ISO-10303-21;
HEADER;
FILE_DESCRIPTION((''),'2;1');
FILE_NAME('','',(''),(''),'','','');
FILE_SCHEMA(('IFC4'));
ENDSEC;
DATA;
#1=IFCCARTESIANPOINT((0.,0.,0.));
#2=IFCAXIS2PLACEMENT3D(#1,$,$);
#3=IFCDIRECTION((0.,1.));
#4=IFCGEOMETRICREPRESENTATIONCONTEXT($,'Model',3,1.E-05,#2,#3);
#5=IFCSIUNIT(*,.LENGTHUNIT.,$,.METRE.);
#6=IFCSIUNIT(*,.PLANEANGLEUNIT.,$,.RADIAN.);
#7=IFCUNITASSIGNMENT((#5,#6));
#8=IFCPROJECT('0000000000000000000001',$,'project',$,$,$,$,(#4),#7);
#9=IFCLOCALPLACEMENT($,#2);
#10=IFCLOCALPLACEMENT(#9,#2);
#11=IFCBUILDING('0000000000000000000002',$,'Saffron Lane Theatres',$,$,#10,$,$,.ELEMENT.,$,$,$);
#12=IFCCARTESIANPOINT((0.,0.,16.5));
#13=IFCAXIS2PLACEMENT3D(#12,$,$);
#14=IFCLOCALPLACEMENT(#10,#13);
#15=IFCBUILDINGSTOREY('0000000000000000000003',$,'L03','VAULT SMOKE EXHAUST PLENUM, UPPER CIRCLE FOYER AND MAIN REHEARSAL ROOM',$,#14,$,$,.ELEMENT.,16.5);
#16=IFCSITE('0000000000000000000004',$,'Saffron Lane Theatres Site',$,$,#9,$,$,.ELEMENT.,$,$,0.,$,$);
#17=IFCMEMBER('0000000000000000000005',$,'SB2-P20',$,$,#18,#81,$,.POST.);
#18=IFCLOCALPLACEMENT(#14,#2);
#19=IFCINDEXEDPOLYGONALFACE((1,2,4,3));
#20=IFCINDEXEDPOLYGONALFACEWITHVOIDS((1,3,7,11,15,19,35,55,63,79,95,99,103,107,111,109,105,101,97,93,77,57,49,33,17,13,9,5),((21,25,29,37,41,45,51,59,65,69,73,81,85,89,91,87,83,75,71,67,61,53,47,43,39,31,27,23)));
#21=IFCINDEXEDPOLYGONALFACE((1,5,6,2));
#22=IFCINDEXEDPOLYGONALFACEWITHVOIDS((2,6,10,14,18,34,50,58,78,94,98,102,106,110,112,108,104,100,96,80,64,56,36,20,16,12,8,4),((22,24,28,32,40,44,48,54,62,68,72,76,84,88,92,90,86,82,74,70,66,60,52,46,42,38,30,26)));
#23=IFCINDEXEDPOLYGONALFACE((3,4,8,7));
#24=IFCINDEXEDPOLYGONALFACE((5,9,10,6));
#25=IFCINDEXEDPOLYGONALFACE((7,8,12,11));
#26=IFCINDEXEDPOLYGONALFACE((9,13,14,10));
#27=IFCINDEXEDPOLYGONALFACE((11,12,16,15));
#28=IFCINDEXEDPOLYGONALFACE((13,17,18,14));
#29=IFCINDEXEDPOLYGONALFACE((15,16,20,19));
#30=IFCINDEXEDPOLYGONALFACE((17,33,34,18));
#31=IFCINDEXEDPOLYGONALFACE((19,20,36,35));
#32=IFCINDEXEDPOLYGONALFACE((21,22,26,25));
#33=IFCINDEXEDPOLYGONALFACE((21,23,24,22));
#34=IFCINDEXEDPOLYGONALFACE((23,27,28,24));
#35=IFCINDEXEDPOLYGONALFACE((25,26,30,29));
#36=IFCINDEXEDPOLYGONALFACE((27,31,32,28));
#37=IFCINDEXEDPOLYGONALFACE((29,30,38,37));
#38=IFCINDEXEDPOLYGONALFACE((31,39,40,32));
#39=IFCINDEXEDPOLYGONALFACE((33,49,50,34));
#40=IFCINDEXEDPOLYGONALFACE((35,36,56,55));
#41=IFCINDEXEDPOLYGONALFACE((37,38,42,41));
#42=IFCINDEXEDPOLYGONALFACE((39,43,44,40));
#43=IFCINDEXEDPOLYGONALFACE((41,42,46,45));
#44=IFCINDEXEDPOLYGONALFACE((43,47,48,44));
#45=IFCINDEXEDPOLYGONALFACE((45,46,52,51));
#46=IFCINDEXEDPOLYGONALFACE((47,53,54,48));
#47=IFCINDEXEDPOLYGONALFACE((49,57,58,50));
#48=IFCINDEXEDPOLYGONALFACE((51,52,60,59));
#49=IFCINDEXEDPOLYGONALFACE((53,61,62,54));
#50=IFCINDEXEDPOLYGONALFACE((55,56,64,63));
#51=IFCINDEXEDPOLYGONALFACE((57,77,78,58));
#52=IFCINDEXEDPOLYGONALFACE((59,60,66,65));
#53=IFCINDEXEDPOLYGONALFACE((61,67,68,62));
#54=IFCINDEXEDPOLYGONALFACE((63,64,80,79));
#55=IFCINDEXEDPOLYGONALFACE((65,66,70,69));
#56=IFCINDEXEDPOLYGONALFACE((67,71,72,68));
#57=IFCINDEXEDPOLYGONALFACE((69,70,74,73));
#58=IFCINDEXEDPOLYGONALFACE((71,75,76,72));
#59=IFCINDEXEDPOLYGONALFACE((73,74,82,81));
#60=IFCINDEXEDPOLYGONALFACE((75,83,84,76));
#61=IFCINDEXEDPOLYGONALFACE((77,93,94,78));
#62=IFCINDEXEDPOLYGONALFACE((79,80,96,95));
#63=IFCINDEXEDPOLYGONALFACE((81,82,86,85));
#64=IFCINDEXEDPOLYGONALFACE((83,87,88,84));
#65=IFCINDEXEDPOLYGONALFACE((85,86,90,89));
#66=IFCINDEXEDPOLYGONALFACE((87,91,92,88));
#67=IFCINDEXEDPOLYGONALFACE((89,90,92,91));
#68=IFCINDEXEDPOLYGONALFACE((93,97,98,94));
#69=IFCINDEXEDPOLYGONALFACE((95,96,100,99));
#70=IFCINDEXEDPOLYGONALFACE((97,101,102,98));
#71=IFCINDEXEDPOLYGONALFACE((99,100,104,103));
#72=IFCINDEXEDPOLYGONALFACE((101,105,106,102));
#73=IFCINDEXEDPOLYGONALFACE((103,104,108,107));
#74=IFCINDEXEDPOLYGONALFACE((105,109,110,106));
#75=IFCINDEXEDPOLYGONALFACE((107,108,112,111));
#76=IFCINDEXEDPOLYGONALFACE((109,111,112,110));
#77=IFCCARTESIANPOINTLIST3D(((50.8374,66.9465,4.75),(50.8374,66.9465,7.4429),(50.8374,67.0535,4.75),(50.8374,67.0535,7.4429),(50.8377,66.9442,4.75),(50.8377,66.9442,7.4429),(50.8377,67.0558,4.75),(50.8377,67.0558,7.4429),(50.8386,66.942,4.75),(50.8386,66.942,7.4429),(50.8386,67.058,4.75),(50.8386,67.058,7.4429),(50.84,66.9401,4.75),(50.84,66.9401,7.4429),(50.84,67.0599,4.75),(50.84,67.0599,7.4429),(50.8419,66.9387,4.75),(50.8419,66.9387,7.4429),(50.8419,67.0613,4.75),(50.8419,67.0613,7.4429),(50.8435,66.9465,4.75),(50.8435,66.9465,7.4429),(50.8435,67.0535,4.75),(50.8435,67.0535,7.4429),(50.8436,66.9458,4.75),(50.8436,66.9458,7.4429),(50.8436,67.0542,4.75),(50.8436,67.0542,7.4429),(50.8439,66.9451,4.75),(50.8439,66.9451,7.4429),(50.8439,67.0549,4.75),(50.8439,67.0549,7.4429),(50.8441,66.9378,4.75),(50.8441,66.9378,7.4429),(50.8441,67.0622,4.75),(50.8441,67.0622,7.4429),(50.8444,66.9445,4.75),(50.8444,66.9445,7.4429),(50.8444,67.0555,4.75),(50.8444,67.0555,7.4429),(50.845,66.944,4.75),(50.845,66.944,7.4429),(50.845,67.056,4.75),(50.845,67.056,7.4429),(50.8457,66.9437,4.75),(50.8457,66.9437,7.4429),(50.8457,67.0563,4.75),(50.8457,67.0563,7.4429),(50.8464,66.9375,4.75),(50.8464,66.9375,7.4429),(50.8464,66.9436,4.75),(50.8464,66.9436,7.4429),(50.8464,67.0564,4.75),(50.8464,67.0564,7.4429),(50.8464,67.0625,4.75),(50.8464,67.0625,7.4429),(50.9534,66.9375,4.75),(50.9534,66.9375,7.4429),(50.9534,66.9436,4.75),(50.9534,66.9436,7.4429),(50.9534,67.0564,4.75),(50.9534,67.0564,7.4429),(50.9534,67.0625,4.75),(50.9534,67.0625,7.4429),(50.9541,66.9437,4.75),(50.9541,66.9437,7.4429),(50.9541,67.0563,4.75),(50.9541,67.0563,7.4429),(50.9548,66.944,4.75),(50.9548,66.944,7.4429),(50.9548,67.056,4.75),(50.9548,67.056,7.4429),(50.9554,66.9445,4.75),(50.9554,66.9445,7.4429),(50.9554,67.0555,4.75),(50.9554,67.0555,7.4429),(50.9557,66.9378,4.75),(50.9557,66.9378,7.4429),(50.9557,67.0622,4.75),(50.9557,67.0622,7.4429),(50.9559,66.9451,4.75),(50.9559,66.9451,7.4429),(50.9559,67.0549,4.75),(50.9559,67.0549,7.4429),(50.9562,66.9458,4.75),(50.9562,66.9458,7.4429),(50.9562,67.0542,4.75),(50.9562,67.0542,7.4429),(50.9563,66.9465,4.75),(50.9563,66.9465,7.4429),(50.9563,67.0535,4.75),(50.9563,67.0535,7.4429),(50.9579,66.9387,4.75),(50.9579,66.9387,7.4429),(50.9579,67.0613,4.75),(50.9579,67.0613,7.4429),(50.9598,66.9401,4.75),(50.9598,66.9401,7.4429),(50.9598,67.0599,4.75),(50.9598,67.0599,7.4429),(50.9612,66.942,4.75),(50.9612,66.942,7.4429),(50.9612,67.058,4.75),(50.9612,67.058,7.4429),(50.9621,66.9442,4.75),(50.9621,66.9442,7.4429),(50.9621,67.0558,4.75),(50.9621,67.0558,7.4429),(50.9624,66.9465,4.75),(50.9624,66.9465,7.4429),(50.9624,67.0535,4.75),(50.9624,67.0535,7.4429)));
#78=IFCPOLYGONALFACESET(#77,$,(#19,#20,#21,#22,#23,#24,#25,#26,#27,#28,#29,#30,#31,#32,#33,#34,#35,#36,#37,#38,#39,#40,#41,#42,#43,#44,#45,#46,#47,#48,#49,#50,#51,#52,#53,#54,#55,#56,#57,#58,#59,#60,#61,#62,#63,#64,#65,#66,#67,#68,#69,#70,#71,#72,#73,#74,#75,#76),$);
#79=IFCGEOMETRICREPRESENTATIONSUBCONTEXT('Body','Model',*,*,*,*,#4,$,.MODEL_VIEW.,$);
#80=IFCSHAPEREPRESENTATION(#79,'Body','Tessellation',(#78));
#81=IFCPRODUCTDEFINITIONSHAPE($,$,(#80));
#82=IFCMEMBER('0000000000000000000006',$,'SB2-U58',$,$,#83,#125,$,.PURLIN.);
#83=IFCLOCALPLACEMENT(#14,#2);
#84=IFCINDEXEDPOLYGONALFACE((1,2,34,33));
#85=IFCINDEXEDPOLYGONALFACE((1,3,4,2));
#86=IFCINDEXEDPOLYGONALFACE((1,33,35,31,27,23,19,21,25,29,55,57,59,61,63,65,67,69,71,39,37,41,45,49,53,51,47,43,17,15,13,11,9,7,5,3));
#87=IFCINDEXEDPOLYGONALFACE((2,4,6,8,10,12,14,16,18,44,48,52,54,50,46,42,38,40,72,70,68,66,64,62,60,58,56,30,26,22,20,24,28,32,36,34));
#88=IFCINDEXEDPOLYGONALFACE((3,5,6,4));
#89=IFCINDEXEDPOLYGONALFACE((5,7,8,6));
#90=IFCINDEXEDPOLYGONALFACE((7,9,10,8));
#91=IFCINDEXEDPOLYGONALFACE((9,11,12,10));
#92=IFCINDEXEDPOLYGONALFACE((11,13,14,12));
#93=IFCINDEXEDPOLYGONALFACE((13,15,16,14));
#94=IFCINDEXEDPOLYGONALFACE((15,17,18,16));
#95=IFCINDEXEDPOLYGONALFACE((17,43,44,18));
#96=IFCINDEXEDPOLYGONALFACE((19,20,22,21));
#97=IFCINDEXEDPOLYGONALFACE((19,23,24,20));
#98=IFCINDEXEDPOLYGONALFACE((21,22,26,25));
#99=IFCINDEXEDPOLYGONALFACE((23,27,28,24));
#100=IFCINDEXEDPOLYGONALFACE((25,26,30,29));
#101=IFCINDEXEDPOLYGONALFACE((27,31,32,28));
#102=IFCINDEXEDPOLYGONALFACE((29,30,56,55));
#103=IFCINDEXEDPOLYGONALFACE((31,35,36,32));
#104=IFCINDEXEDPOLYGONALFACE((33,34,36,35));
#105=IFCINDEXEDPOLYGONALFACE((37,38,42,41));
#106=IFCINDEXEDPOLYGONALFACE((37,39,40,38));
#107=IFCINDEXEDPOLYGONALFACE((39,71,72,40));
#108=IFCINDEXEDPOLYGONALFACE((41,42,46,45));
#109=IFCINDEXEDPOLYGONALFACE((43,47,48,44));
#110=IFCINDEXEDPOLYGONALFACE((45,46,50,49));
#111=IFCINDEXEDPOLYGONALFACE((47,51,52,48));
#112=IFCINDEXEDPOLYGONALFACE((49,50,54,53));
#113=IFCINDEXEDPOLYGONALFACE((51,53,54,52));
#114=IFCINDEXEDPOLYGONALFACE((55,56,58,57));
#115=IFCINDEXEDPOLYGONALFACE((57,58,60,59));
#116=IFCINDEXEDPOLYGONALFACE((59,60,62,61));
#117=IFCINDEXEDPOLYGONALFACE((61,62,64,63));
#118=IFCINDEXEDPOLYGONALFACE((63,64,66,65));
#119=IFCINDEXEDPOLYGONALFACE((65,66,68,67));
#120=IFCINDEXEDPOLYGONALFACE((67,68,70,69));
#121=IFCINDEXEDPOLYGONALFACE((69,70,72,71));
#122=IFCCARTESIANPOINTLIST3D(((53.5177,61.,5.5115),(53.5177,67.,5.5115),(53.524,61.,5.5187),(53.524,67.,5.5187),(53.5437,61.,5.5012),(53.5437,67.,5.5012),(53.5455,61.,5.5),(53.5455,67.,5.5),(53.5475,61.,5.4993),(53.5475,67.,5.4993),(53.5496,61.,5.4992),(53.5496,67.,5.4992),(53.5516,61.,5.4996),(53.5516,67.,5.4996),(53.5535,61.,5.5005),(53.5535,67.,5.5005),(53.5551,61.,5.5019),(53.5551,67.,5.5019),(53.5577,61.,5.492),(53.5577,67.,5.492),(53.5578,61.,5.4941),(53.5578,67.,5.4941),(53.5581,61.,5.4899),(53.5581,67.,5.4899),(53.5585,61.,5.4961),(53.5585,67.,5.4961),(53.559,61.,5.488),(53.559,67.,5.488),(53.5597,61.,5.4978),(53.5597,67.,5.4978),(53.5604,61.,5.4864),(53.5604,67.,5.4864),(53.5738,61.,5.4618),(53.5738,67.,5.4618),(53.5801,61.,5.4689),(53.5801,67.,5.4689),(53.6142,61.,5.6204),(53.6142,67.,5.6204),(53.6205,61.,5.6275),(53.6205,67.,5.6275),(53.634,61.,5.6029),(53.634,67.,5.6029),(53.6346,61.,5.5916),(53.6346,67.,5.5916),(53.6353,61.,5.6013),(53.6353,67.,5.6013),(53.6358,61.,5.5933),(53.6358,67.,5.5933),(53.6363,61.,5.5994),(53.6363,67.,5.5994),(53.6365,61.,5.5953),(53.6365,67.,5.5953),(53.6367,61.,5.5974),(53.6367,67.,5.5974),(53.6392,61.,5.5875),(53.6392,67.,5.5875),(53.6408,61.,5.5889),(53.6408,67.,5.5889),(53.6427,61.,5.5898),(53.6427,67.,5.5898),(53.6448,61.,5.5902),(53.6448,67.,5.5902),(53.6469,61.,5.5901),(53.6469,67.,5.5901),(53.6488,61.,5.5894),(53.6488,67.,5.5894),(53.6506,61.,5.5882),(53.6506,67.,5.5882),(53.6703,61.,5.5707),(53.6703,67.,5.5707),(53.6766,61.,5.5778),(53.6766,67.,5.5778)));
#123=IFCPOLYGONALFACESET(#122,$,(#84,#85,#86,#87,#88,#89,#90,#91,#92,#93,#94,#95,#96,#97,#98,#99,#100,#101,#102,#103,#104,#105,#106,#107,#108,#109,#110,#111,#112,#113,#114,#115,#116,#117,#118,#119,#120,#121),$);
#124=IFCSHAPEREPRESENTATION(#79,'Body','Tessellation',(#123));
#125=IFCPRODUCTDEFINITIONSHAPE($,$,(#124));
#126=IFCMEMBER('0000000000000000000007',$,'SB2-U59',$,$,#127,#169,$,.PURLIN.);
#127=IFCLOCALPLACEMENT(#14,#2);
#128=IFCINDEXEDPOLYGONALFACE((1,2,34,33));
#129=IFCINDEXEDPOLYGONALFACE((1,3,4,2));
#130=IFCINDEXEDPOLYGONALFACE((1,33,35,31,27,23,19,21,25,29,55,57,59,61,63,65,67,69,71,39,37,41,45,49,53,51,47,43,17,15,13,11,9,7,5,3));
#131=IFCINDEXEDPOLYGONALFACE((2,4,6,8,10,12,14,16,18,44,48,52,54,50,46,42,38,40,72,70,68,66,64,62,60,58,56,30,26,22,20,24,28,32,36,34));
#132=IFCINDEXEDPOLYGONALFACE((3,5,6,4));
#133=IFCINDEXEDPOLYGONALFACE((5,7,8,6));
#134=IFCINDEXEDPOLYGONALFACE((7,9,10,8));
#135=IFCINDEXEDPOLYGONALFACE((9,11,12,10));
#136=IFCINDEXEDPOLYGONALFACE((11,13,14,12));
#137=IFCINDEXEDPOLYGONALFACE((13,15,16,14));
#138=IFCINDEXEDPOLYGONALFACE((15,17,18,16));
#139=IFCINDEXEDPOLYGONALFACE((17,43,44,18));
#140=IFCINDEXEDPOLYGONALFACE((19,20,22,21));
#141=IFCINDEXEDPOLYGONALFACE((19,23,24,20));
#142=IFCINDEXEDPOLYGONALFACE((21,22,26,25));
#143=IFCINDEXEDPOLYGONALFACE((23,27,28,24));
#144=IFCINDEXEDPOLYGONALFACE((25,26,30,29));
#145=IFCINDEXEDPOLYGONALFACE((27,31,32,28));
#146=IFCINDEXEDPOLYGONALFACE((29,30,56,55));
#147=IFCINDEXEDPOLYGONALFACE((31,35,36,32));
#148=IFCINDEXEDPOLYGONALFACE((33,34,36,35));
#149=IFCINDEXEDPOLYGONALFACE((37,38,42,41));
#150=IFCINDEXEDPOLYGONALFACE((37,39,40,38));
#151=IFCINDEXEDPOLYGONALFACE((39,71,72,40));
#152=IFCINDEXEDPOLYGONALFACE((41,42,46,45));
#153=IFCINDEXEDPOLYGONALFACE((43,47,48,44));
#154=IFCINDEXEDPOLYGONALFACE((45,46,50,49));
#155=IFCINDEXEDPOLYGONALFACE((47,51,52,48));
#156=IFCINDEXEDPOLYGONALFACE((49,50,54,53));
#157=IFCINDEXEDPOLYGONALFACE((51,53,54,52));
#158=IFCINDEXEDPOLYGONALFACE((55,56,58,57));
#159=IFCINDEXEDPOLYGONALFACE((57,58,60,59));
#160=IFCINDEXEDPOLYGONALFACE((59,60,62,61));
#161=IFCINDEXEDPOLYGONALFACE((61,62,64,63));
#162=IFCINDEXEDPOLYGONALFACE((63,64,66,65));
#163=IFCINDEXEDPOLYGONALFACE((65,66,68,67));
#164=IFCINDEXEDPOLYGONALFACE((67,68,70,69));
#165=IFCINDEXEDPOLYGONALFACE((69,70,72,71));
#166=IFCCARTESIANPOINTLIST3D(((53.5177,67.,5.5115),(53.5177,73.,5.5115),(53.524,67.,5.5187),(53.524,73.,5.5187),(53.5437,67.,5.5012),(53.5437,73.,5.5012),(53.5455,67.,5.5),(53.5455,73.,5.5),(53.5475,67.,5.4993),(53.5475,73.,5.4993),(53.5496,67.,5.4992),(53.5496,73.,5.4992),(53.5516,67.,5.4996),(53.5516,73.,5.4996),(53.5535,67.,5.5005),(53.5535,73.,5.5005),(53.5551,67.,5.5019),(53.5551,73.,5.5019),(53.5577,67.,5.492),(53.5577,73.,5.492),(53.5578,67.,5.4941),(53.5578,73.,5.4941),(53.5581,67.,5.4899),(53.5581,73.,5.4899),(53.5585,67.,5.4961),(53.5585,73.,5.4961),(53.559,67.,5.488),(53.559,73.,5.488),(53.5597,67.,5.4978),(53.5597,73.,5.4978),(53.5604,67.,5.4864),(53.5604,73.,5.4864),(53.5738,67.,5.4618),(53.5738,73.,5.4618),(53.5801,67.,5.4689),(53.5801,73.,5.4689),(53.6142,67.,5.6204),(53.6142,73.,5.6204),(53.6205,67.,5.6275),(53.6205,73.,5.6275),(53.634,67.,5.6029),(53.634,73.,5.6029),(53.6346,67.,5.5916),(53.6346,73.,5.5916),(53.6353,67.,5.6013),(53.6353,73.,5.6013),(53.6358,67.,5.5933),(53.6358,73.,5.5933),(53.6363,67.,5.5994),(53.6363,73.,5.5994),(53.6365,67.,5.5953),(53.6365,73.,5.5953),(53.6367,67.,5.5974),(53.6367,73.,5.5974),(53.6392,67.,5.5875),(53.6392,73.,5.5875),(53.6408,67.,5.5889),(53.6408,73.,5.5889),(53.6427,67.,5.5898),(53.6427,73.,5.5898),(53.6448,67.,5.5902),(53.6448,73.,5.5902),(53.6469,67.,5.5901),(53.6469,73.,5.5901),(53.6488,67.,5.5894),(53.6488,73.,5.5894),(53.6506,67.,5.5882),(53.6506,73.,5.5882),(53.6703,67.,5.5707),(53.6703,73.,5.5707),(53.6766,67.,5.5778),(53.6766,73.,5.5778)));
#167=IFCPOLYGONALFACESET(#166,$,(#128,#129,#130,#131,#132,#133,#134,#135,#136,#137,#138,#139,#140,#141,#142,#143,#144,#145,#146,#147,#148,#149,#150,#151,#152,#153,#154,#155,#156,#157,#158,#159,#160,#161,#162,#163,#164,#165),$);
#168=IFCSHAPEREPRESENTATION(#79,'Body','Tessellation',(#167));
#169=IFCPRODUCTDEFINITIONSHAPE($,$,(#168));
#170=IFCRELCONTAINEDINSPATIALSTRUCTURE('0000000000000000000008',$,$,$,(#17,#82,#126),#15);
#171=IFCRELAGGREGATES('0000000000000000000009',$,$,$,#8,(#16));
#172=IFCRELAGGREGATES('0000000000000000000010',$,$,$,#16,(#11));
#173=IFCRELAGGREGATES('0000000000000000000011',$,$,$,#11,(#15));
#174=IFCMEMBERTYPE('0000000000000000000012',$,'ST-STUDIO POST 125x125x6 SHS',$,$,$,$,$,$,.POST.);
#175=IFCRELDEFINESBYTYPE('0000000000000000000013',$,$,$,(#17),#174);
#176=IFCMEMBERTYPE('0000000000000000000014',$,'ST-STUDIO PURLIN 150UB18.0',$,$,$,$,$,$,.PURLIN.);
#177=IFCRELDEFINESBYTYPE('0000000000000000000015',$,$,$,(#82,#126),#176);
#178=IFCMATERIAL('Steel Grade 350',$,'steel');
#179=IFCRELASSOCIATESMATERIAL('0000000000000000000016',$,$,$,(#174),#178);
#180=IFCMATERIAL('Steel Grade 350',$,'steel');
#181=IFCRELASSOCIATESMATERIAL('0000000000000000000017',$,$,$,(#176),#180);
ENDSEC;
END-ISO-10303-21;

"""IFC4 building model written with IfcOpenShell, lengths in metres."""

from ifc_helpers import new_model, si_unit, direction, frame, origin, origin_2d, place, context, subcontext, project, spatial, hollow_rectangle, i_section, extrude, material, material_profile, profile_set, type_object, element, save


model = new_model("IFC4")

# Units and contexts
model_context = context("Model", 3, precision=1e-05, world=origin(), true_north=direction((0.0, 1.0)))
body_context = subcontext(model_context, "Body", "Model", "MODEL_VIEW")
ifc_project = project(units=[si_unit("LENGTHUNIT", "METRE"), si_unit("PLANEANGLEUNIT", "RADIAN")], contexts=[model_context])

# Site, building, storey
site_placement = place(None, origin())
site = spatial("IfcSite", under=ifc_project, at=site_placement, Name="Saffron Lane Theatres Site", CompositionType="ELEMENT", RefElevation=0.0)
building_placement = place(site_placement, origin())
building = spatial("IfcBuilding", under=site, at=building_placement, Name="Saffron Lane Theatres", CompositionType="ELEMENT")
storey_placement = place(building_placement, frame((0.0, 0.0, 16.5)))
storey = spatial("IfcBuildingStorey", under=building, at=storey_placement, Name="L03", Description="VAULT SMOKE EXHAUST PLENUM, UPPER CIRCLE FOYER AND MAIN REHEARSAL ROOM", CompositionType="ELEMENT", Elevation=16.5)

# Members
ifc_material_1 = material(Name="Steel Grade 350", Category="steel")
ifc_material_profile_1 = material_profile(ifc_material_1, hollow_rectangle(XDim=0.125, YDim=0.125, WallThickness=0.0061, InnerFilletRadius=0.0029, OuterFilletRadius=0.009, at=origin_2d()))
ifc_profile_set_1 = profile_set([ifc_material_profile_1], Name="Steel Grade 350")
member_type_1 = type_object("IfcMemberType", Name="ST-STUDIO POST 125x125x6 SHS", PredefinedType="POST", material=ifc_profile_set_1)
member_1_placement = place(storey_placement, frame((50.8999, 67.0, 4.75), z_axis=(0.0, 0.0, 1.0), x_axis=(1.0, 0.0, 0.0)))
element("IfcMember", 1, at=member_1_placement, inside=storey, type_object=member_type_1, Name="SB2-P20", PredefinedType="POST", context=body_context, shape_type="SweptSolid", body=[
    extrude(hollow_rectangle(XDim=0.125, YDim=0.125, WallThickness=0.0061, InnerFilletRadius=0.0029, OuterFilletRadius=0.009, at=origin_2d()), origin(), (0.0, 0.0, 1.0), 2.6929),
])
ifc_material_2 = material(Name="Steel Grade 350", Category="steel")
ifc_material_profile_2 = material_profile(ifc_material_2, i_section(OverallWidth=0.075, OverallDepth=0.155, WebThickness=0.0061, FlangeThickness=0.0095, FilletRadius=0.0081, at=origin_2d()))
ifc_profile_set_2 = profile_set([ifc_material_profile_2], Name="Steel Grade 350")
member_type_2 = type_object("IfcMemberType", Name="ST-STUDIO PURLIN 150UB18.0", PredefinedType="PURLIN", material=ifc_profile_set_2)
for number, where, z_axis, x_axis, name in (
    (2, (53.5972, 61.0, 5.5447), (0.0, 1.0, 0.0), (-0.748269, 0.0, 0.663396), "SB2-U58"),
    (3, (53.5972, 67.0, 5.5447), (0.0, 1.0, 0.0), (-0.748269, 0.0, 0.663396), "SB2-U59"),
):
    element("IfcMember", number, at=place(storey_placement, frame(where, z_axis=z_axis, x_axis=x_axis)), inside=storey, type_object=member_type_2, Name=name, PredefinedType="PURLIN", context=body_context, shape_type="SweptSolid", body=[
        extrude(i_section(OverallWidth=0.075, OverallDepth=0.155, WebThickness=0.0061, FlangeThickness=0.0095, FilletRadius=0.0081, at=origin_2d()), origin(), (0.0, 0.0, 1.0), 6.0),
    ])

save(model, "model.ifc")
